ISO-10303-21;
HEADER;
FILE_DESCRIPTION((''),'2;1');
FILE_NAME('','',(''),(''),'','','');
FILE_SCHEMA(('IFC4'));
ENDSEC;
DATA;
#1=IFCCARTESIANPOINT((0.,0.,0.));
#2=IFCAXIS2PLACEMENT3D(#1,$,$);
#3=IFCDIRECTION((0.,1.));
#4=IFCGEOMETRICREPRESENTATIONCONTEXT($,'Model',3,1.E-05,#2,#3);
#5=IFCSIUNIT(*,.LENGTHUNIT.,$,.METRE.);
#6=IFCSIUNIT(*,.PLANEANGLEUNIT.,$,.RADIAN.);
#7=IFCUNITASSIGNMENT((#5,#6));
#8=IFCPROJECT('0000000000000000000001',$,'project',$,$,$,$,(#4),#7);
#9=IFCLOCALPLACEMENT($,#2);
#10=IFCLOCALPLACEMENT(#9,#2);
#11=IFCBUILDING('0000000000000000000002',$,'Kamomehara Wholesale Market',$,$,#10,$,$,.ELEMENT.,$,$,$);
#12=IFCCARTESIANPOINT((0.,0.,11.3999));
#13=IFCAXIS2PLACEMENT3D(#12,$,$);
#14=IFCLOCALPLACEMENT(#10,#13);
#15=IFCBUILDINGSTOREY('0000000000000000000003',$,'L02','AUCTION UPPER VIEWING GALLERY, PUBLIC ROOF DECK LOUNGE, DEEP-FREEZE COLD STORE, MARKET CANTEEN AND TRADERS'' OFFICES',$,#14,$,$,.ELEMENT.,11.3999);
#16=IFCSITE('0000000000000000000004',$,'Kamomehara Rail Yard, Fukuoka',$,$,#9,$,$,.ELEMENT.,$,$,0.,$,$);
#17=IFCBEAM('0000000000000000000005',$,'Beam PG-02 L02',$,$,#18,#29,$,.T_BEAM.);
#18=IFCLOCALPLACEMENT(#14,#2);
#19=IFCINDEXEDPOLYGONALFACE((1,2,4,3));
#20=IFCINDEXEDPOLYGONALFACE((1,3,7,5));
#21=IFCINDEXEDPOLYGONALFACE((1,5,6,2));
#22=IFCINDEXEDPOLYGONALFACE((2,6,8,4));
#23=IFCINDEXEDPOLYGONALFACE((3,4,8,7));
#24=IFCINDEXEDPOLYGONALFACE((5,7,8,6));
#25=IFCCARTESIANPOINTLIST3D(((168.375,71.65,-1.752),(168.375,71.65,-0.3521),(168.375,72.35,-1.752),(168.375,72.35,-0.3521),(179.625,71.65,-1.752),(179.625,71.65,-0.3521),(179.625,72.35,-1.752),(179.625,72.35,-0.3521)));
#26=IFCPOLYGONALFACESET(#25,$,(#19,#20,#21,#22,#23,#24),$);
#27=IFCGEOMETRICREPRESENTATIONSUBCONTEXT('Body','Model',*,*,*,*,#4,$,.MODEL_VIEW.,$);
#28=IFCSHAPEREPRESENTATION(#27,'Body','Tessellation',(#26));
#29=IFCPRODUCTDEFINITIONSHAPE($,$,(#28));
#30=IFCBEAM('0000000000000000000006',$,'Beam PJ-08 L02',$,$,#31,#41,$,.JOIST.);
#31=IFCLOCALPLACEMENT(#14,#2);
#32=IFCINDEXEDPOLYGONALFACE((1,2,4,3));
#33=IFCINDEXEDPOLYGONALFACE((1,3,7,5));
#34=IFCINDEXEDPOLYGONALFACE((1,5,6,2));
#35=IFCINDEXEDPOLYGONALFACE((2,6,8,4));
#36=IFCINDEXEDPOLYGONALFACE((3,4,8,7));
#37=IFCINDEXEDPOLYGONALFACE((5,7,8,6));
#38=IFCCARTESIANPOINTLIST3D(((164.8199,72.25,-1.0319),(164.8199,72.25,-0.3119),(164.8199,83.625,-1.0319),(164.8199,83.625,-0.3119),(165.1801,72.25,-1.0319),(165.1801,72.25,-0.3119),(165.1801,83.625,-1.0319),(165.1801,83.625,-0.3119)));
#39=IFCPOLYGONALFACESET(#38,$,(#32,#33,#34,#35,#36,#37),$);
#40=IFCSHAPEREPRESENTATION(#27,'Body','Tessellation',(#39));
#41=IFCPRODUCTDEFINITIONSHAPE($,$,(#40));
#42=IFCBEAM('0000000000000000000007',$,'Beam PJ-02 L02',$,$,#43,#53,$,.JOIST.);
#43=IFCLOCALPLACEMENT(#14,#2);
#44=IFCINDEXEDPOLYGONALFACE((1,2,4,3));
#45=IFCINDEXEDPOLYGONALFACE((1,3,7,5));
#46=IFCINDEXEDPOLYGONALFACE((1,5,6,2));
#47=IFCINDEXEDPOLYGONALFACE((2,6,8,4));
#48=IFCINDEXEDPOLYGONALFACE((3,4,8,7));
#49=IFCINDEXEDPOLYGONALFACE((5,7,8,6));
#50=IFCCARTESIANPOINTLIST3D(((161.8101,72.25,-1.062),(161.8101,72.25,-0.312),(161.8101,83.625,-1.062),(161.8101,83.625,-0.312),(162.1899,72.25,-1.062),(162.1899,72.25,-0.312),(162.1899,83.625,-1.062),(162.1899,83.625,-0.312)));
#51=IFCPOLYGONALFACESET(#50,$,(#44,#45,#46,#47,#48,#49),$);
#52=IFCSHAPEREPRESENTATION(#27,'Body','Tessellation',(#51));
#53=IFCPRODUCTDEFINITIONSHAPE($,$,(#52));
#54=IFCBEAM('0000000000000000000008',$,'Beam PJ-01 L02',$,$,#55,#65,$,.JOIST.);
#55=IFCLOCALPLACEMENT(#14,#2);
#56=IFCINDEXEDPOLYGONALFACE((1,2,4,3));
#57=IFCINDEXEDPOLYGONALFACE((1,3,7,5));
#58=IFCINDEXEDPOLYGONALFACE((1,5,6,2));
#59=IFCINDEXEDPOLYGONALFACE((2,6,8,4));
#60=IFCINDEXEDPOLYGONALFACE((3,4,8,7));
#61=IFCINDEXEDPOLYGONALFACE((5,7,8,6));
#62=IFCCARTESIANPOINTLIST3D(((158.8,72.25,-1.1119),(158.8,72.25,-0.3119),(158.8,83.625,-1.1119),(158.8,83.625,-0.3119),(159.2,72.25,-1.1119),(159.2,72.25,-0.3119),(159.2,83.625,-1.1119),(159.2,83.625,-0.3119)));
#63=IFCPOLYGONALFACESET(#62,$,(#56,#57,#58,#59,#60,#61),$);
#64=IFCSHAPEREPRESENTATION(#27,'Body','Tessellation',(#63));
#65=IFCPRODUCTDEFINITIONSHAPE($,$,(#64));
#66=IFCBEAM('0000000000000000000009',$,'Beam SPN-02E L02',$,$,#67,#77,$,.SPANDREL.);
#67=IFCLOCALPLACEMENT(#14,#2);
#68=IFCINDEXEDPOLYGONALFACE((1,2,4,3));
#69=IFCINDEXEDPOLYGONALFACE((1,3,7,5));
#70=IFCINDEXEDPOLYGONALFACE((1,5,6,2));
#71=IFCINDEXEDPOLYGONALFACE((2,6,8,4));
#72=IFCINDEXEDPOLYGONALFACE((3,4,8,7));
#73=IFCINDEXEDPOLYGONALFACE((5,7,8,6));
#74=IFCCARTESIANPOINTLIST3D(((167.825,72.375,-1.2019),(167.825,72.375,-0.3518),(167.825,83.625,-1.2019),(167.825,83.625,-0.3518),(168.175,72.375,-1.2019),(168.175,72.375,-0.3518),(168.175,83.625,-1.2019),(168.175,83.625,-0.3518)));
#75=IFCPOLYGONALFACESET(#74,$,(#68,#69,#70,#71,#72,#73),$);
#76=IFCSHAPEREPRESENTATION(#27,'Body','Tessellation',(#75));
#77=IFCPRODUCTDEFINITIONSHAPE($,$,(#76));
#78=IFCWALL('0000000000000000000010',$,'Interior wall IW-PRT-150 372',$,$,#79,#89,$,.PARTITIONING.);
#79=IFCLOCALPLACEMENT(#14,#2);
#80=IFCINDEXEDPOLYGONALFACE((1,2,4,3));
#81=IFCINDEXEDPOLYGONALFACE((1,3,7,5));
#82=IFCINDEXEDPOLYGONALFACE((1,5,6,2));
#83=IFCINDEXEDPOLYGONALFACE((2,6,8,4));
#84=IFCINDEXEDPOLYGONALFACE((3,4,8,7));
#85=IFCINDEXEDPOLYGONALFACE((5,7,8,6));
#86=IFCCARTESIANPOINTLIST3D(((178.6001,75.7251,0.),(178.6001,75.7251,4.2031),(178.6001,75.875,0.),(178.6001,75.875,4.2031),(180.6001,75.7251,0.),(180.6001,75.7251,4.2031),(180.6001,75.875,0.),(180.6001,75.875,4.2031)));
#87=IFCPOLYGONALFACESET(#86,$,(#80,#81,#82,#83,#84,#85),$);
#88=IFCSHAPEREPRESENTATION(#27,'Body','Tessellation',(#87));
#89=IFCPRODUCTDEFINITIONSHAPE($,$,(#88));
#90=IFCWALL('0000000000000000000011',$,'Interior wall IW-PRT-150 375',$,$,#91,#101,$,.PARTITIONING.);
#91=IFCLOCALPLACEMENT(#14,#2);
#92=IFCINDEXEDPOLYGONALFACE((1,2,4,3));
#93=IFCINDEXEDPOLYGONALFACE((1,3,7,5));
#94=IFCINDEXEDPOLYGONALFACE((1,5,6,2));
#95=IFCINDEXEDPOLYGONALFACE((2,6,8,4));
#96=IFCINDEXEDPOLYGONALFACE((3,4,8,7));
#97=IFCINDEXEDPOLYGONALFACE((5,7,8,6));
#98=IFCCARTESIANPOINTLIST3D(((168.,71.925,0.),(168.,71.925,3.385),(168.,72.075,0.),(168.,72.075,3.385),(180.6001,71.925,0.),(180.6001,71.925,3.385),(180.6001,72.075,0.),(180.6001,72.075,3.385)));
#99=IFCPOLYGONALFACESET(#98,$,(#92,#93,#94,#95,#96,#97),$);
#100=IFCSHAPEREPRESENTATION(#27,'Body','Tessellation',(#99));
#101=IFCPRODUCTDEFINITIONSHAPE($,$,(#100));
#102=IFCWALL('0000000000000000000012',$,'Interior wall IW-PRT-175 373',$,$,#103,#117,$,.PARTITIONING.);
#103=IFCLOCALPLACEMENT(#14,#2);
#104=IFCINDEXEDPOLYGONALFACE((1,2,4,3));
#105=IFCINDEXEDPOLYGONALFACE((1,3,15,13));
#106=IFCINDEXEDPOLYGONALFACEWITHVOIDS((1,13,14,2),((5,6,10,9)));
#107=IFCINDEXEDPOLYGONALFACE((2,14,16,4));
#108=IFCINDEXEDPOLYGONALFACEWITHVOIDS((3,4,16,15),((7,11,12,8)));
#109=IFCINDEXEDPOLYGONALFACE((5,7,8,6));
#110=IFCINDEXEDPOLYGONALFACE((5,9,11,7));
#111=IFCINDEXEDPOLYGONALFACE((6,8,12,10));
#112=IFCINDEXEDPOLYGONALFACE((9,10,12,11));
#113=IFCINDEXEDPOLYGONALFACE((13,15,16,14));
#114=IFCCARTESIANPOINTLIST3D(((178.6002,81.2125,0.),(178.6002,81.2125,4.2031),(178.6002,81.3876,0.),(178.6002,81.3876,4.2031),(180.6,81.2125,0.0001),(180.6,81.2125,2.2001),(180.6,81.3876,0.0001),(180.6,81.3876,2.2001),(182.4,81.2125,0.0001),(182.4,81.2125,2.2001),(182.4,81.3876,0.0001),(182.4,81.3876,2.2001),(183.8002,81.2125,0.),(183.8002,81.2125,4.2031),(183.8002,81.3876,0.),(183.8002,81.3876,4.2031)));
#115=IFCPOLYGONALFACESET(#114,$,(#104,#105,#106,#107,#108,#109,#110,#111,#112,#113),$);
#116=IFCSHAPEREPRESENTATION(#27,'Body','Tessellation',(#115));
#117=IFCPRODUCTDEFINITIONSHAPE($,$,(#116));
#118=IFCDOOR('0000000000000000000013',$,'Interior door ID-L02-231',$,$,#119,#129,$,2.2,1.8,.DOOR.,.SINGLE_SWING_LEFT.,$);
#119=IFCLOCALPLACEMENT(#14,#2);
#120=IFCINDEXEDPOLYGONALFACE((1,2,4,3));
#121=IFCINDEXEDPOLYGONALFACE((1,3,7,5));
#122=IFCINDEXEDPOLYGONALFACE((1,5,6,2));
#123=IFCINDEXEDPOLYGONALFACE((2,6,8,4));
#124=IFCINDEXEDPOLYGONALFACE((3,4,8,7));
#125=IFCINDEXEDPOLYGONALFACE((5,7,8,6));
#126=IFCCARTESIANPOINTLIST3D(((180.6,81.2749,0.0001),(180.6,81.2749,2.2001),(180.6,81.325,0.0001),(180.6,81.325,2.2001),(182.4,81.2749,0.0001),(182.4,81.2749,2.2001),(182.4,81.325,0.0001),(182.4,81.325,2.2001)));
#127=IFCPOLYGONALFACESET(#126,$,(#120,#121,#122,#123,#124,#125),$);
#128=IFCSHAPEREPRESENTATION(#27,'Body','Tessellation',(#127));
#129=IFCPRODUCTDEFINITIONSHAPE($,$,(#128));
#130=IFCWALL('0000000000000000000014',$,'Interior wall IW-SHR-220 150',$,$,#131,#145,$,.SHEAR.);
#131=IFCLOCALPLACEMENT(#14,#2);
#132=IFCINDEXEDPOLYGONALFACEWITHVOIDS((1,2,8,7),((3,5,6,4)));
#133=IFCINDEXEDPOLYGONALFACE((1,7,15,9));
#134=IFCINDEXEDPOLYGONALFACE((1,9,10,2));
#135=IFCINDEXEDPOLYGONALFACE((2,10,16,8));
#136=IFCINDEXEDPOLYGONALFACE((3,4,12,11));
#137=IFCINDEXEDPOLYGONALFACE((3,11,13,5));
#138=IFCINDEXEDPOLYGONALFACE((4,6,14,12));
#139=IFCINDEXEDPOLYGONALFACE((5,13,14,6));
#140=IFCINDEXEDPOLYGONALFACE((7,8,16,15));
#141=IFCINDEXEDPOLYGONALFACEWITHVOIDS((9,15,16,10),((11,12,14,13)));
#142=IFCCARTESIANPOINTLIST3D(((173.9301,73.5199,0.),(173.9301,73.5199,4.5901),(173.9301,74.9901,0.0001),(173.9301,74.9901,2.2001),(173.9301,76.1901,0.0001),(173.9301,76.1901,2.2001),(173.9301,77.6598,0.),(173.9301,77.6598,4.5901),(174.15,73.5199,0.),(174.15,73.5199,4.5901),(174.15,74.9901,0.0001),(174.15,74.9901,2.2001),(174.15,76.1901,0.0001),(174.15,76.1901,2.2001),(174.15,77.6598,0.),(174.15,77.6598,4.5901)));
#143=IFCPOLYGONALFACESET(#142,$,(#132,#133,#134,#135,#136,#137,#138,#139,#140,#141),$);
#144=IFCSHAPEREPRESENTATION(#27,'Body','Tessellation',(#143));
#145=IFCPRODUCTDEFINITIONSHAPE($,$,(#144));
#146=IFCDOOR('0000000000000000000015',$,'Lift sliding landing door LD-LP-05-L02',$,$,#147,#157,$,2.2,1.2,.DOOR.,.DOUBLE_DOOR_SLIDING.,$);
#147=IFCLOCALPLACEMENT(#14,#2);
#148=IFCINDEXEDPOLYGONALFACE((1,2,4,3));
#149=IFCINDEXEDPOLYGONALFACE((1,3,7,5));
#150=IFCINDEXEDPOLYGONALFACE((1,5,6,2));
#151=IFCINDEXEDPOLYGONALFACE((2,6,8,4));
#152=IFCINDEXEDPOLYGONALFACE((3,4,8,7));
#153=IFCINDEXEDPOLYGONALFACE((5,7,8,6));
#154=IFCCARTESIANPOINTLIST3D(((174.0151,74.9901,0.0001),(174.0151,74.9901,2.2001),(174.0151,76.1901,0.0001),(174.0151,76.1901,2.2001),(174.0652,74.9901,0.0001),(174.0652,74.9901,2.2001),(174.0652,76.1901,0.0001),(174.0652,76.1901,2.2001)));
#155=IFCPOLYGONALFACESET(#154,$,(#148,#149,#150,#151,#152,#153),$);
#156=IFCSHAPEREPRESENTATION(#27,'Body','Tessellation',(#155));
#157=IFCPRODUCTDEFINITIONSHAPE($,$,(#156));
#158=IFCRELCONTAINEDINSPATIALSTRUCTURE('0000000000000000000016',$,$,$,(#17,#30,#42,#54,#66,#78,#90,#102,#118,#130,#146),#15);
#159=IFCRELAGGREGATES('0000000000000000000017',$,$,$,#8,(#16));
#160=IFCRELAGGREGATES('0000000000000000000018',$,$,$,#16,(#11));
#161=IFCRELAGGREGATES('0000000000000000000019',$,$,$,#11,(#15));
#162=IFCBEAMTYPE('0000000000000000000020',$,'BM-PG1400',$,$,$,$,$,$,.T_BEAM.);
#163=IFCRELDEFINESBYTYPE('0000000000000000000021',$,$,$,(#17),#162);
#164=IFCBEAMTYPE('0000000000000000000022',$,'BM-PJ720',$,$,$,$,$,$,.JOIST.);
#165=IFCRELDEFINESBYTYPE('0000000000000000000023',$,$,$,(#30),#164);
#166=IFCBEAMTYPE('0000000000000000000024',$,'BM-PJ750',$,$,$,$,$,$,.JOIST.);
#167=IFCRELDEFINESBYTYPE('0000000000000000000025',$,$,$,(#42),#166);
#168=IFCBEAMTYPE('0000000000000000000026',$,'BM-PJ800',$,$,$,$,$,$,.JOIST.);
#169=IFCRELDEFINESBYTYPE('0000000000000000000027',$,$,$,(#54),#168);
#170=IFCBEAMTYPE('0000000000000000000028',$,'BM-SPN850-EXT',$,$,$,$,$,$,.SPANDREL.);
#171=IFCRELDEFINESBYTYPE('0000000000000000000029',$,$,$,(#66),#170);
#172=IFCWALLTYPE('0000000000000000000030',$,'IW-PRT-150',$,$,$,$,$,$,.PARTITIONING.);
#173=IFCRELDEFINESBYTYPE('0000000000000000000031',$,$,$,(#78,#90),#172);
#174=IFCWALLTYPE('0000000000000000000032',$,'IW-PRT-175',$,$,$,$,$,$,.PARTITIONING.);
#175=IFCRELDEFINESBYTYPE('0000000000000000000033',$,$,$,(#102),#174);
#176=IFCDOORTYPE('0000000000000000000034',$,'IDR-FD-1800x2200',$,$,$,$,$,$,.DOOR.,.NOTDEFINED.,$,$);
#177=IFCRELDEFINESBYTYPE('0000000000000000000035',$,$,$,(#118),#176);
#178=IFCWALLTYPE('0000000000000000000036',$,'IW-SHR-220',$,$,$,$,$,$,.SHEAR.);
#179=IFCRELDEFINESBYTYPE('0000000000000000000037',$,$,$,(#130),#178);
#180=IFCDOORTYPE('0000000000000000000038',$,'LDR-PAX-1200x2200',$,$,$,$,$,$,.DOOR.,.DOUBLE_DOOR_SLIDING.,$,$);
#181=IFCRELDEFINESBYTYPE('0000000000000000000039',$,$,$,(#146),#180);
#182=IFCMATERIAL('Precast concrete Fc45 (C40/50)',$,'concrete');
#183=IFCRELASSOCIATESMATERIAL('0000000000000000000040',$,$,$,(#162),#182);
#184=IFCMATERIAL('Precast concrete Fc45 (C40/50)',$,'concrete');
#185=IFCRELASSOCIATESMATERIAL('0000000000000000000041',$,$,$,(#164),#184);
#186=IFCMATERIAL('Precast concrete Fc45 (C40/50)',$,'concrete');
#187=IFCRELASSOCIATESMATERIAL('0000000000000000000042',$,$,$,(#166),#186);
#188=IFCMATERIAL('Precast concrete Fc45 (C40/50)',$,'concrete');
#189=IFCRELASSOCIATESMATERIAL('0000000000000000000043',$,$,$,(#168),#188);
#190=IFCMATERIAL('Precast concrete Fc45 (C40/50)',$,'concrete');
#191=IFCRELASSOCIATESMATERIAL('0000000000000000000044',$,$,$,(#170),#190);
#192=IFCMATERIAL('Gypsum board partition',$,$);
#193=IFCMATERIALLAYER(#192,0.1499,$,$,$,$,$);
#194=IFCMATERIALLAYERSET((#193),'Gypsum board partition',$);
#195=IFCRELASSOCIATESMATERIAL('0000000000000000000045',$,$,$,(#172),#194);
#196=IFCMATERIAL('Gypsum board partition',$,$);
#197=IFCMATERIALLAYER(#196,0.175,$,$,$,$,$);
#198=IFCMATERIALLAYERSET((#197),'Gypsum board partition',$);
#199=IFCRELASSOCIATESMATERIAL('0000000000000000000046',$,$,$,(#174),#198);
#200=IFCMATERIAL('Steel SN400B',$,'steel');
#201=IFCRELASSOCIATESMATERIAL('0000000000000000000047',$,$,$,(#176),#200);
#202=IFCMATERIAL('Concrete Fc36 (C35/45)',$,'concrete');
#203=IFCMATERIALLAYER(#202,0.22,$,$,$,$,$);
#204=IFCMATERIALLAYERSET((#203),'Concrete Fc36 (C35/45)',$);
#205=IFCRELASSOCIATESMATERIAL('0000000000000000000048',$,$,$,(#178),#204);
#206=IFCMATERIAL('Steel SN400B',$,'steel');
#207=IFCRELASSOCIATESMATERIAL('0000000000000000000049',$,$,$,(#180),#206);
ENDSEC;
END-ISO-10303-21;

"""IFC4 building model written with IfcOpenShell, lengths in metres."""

from ifc_helpers import new_model, si_unit, direction, frame, frame_2d, origin, origin_2d, place, context, subcontext, project, spatial, rectangle, extrude, material, layer, layer_set, material_profile, profile_set, type_object, element, fill, save


model = new_model("IFC4")

# Units and contexts
model_context = context("Model", 3, precision=1e-05, world=origin(), true_north=direction((0.0, 1.0)))
body_context = subcontext(model_context, "Body", "Model", "MODEL_VIEW")
ifc_project = project(units=[si_unit("LENGTHUNIT", "METRE"), si_unit("PLANEANGLEUNIT", "RADIAN")], contexts=[model_context])

# Site, building, storey
site_placement = place(None, origin())
site = spatial("IfcSite", under=ifc_project, at=site_placement, Name="Kamomehara Rail Yard, Fukuoka", CompositionType="ELEMENT", RefElevation=0.0)
building_placement = place(site_placement, origin())
building = spatial("IfcBuilding", under=site, at=building_placement, Name="Kamomehara Wholesale Market", CompositionType="ELEMENT")
storey_placement = place(building_placement, frame((0.0, 0.0, 11.3999)))
storey = spatial("IfcBuildingStorey", under=building, at=storey_placement, Name="L02", Description="AUCTION UPPER VIEWING GALLERY, PUBLIC ROOF DECK LOUNGE, DEEP-FREEZE COLD STORE, MARKET CANTEEN AND TRADERS' OFFICES", CompositionType="ELEMENT", Elevation=11.3999)

# Beams
ifc_material_1 = material(Name="Precast concrete Fc45 (C40/50)", Category="concrete")
ifc_material_profile_1 = material_profile(ifc_material_1, rectangle(XDim=0.7, YDim=1.3999, at=origin_2d()), Name="PC-GRD-700x1400")
ifc_profile_set_1 = profile_set([ifc_material_profile_1], Name="Precast concrete Fc45 (C40/50)")
beam_type_1 = type_object("IfcBeamType", Name="BM-PG1400", PredefinedType="T_BEAM", material=ifc_profile_set_1)
beam_1_placement = place(storey_placement, frame((168.375, 72.0, -1.052), z_axis=(1.0, 0.0, 0.0), x_axis=(0.0, 1.0, 0.0)))
element("IfcBeam", 1, at=beam_1_placement, inside=storey, type_object=beam_type_1, Name="Beam PG-02 L02", PredefinedType="T_BEAM", context=body_context, shape_type="SweptSolid", body=[
    extrude(rectangle(XDim=0.7, YDim=1.3999, at=origin_2d()), origin(), (0.0, 0.0, 1.0), 11.25),
])
ifc_material_2 = material(Name="Precast concrete Fc45 (C40/50)", Category="concrete")
ifc_material_profile_2 = material_profile(ifc_material_2, rectangle(XDim=0.3601, YDim=0.72, at=origin_2d()), Name="PC-JST-360x720")
ifc_profile_set_2 = profile_set([ifc_material_profile_2], Name="Precast concrete Fc45 (C40/50)")
beam_type_2 = type_object("IfcBeamType", Name="BM-PJ720", PredefinedType="JOIST", material=ifc_profile_set_2)
beam_2_placement = place(storey_placement, frame((165.0, 72.25, -0.6719), z_axis=(0.0, 1.0, 0.0), x_axis=(-1.0, 0.0, 0.0)))
element("IfcBeam", 2, at=beam_2_placement, inside=storey, type_object=beam_type_2, Name="Beam PJ-08 L02", PredefinedType="JOIST", context=body_context, shape_type="SweptSolid", body=[
    extrude(rectangle(XDim=0.3601, YDim=0.72, at=origin_2d()), origin(), (0.0, 0.0, 1.0), 11.375),
])
ifc_material_3 = material(Name="Precast concrete Fc45 (C40/50)", Category="concrete")
ifc_material_profile_3 = material_profile(ifc_material_3, rectangle(XDim=0.3799, YDim=0.75, at=origin_2d()), Name="PC-JST-380x750")
ifc_profile_set_3 = profile_set([ifc_material_profile_3], Name="Precast concrete Fc45 (C40/50)")
beam_type_3 = type_object("IfcBeamType", Name="BM-PJ750", PredefinedType="JOIST", material=ifc_profile_set_3)
beam_3_placement = place(storey_placement, frame((162.0, 72.25, -0.687), z_axis=(0.0, 1.0, 0.0), x_axis=(-1.0, 0.0, 0.0)))
element("IfcBeam", 3, at=beam_3_placement, inside=storey, type_object=beam_type_3, Name="Beam PJ-02 L02", PredefinedType="JOIST", context=body_context, shape_type="SweptSolid", body=[
    extrude(rectangle(XDim=0.3799, YDim=0.75, at=origin_2d()), origin(), (0.0, 0.0, 1.0), 11.375),
])
ifc_material_4 = material(Name="Precast concrete Fc45 (C40/50)", Category="concrete")
ifc_material_profile_4 = material_profile(ifc_material_4, rectangle(XDim=0.3999, YDim=0.8, at=origin_2d()), Name="PC-JST-400x800")
ifc_profile_set_4 = profile_set([ifc_material_profile_4], Name="Precast concrete Fc45 (C40/50)")
beam_type_4 = type_object("IfcBeamType", Name="BM-PJ800", PredefinedType="JOIST", material=ifc_profile_set_4)
beam_4_placement = place(storey_placement, frame((159.0, 72.25, -0.7119), z_axis=(0.0, 1.0, 0.0), x_axis=(-1.0, 0.0, 0.0)))
element("IfcBeam", 4, at=beam_4_placement, inside=storey, type_object=beam_type_4, Name="Beam PJ-01 L02", PredefinedType="JOIST", context=body_context, shape_type="SweptSolid", body=[
    extrude(rectangle(XDim=0.3999, YDim=0.8, at=origin_2d()), origin(), (0.0, 0.0, 1.0), 11.375),
])
ifc_material_5 = material(Name="Precast concrete Fc45 (C40/50)", Category="concrete")
ifc_material_profile_5 = material_profile(ifc_material_5, rectangle(XDim=0.3501, YDim=0.8501, at=origin_2d()), Name="PC-SPN-350x850")
ifc_profile_set_5 = profile_set([ifc_material_profile_5], Name="Precast concrete Fc45 (C40/50)")
beam_type_5 = type_object("IfcBeamType", Name="BM-SPN850-EXT", PredefinedType="SPANDREL", material=ifc_profile_set_5)
beam_5_placement = place(storey_placement, frame((168.0, 72.375, -0.7769), z_axis=(0.0, 1.0, 0.0), x_axis=(-1.0, 0.0, 0.0)))
element("IfcBeam", 5, at=beam_5_placement, inside=storey, type_object=beam_type_5, Name="Beam SPN-02E L02", PredefinedType="SPANDREL", context=body_context, shape_type="SweptSolid", body=[
    extrude(rectangle(XDim=0.3501, YDim=0.8501, at=origin_2d()), origin(), (0.0, 0.0, 1.0), 11.25),
])

# Walls
ifc_material_6 = material(Name="Gypsum board partition")
ifc_layer_1 = layer(ifc_material_6, 0.1499)
ifc_layer_set_1 = layer_set([ifc_layer_1], Name="Gypsum board partition")
wall_type_1 = type_object("IfcWallType", Name="IW-PRT-150", PredefinedType="PARTITIONING", material=ifc_layer_set_1)
wall_1_placement = place(storey_placement, frame((178.6001, 75.8, 0.0), z_axis=(0.0, 0.0, 1.0), x_axis=(1.0, 0.0, 0.0)))
element("IfcWall", 6, at=wall_1_placement, inside=storey, type_object=wall_type_1, Name="Interior wall IW-PRT-150 372", PredefinedType="PARTITIONING", context=body_context, shape_type="SweptSolid", body=[
    extrude(rectangle(XDim=2.0, YDim=0.1499, at=frame_2d((1.0, 0.0))), origin(), (0.0, 0.0, 1.0), 4.2031),
])
wall_2_placement = place(storey_placement, frame((168.0, 72.0, 0.0), z_axis=(0.0, 0.0, 1.0), x_axis=(1.0, 0.0, 0.0)))
element("IfcWall", 7, at=wall_2_placement, inside=storey, type_object=wall_type_1, Name="Interior wall IW-PRT-150 375", PredefinedType="PARTITIONING", context=body_context, shape_type="SweptSolid", body=[
    extrude(rectangle(XDim=12.6001, YDim=0.1499, at=frame_2d((6.3, 0.0))), origin(), (0.0, 0.0, 1.0), 3.385),
])

# Walls, openings, doors
ifc_material_7 = material(Name="Gypsum board partition")
ifc_layer_2 = layer(ifc_material_7, 0.175)
ifc_layer_set_2 = layer_set([ifc_layer_2], Name="Gypsum board partition")
wall_type_2 = type_object("IfcWallType", Name="IW-PRT-175", PredefinedType="PARTITIONING", material=ifc_layer_set_2)
wall_3_placement = place(storey_placement, frame((178.6001, 81.3, 0.0), z_axis=(0.0, 0.0, 1.0), x_axis=(1.0, 0.0, 0.0)))
wall_3 = element("IfcWall", 8, at=wall_3_placement, inside=storey, type_object=wall_type_2, Name="Interior wall IW-PRT-175 373", PredefinedType="PARTITIONING", context=body_context, shape_type="SweptSolid", body=[
    extrude(rectangle(XDim=5.2, YDim=0.175, at=frame_2d((2.6001, 0.0))), origin(), (0.0, 0.0, 1.0), 4.2031),
])
opening_1_placement = place(wall_3_placement, frame((2.0, 0.0, 0.0)))
opening_1 = element("IfcOpeningElement", 9, at=opening_1_placement, cuts=wall_3, PredefinedType="OPENING", context=body_context, shape_type="SweptSolid", body=[
    extrude(rectangle(XDim=1.8, YDim=2.2, at=frame_2d((0.8999, 1.1001))), frame((0.0, 0.1025, 0.0), z_axis=(0.0, -1.0, 0.0), x_axis=(1.0, 0.0, 0.0)), (0.0, 0.0, 1.0), 0.2048),
])
ifc_material_8 = material(Name="Steel SN400B", Category="steel")
door_type_1 = type_object("IfcDoorType", Name="IDR-FD-1800x2200", OperationType="NOTDEFINED", PredefinedType="DOOR", material=ifc_material_8)
door_1_placement = place(opening_1_placement, origin())
door_1 = element("IfcDoor", 10, at=door_1_placement, inside=storey, type_object=door_type_1, Name="Interior door ID-L02-231", OperationType="SINGLE_SWING_LEFT", OverallHeight=2.2, OverallWidth=1.8, PredefinedType="DOOR", context=body_context, shape_type="SweptSolid", body=[
    extrude(rectangle(XDim=1.8, YDim=2.2, at=frame_2d((0.8999, 1.1001))), frame((0.0, 0.0249, 0.0), z_axis=(0.0, -1.0, 0.0), x_axis=(1.0, 0.0, 0.0)), (0.0, 0.0, 1.0), 0.05),
])
fill(opening_1, door_1)
ifc_material_9 = material(Name="Concrete Fc36 (C35/45)", Category="concrete")
ifc_layer_3 = layer(ifc_material_9, 0.22)
ifc_layer_set_3 = layer_set([ifc_layer_3], Name="Concrete Fc36 (C35/45)")
wall_type_3 = type_object("IfcWallType", Name="IW-SHR-220", PredefinedType="SHEAR", material=ifc_layer_set_3)
wall_4_placement = place(storey_placement, frame((174.04, 73.52, 0.0), z_axis=(0.0, 0.0, 1.0), x_axis=(0.0, 1.0, 0.0)))
wall_4 = element("IfcWall", 11, at=wall_4_placement, inside=storey, type_object=wall_type_3, Name="Interior wall IW-SHR-220 150", PredefinedType="SHEAR", context=body_context, shape_type="SweptSolid", body=[
    extrude(rectangle(XDim=4.1399, YDim=0.22, at=frame_2d((2.0698, 0.0))), origin(), (0.0, 0.0, 1.0), 4.5901),
])
opening_2_placement = place(wall_4_placement, frame((1.47, 0.0, 0.0)))
opening_2 = element("IfcOpeningElement", 12, at=opening_2_placement, cuts=wall_4, PredefinedType="OPENING", context=body_context, shape_type="SweptSolid", body=[
    extrude(rectangle(XDim=1.2, YDim=2.2, at=frame_2d((0.6001, 1.1001))), frame((0.0, 0.125, 0.0), z_axis=(0.0, -1.0, 0.0), x_axis=(1.0, 0.0, 0.0)), (0.0, 0.0, 1.0), 0.2498),
])
ifc_material_10 = material(Name="Steel SN400B", Category="steel")
door_type_2 = type_object("IfcDoorType", Name="LDR-PAX-1200x2200", OperationType="DOUBLE_DOOR_SLIDING", PredefinedType="DOOR", material=ifc_material_10)
door_2_placement = place(opening_2_placement, origin())
door_2 = element("IfcDoor", 13, at=door_2_placement, inside=storey, type_object=door_type_2, Name="Lift sliding landing door LD-LP-05-L02", OperationType="DOUBLE_DOOR_SLIDING", OverallHeight=2.2, OverallWidth=1.2, PredefinedType="DOOR", context=body_context, shape_type="SweptSolid", body=[
    extrude(rectangle(XDim=1.2, YDim=2.2, at=frame_2d((0.6001, 1.1001))), frame((0.0, 0.0249, 0.0), z_axis=(0.0, -1.0, 0.0), x_axis=(1.0, 0.0, 0.0)), (0.0, 0.0, 1.0), 0.05),
])
fill(opening_2, door_2)

save(model, "model.ifc")
